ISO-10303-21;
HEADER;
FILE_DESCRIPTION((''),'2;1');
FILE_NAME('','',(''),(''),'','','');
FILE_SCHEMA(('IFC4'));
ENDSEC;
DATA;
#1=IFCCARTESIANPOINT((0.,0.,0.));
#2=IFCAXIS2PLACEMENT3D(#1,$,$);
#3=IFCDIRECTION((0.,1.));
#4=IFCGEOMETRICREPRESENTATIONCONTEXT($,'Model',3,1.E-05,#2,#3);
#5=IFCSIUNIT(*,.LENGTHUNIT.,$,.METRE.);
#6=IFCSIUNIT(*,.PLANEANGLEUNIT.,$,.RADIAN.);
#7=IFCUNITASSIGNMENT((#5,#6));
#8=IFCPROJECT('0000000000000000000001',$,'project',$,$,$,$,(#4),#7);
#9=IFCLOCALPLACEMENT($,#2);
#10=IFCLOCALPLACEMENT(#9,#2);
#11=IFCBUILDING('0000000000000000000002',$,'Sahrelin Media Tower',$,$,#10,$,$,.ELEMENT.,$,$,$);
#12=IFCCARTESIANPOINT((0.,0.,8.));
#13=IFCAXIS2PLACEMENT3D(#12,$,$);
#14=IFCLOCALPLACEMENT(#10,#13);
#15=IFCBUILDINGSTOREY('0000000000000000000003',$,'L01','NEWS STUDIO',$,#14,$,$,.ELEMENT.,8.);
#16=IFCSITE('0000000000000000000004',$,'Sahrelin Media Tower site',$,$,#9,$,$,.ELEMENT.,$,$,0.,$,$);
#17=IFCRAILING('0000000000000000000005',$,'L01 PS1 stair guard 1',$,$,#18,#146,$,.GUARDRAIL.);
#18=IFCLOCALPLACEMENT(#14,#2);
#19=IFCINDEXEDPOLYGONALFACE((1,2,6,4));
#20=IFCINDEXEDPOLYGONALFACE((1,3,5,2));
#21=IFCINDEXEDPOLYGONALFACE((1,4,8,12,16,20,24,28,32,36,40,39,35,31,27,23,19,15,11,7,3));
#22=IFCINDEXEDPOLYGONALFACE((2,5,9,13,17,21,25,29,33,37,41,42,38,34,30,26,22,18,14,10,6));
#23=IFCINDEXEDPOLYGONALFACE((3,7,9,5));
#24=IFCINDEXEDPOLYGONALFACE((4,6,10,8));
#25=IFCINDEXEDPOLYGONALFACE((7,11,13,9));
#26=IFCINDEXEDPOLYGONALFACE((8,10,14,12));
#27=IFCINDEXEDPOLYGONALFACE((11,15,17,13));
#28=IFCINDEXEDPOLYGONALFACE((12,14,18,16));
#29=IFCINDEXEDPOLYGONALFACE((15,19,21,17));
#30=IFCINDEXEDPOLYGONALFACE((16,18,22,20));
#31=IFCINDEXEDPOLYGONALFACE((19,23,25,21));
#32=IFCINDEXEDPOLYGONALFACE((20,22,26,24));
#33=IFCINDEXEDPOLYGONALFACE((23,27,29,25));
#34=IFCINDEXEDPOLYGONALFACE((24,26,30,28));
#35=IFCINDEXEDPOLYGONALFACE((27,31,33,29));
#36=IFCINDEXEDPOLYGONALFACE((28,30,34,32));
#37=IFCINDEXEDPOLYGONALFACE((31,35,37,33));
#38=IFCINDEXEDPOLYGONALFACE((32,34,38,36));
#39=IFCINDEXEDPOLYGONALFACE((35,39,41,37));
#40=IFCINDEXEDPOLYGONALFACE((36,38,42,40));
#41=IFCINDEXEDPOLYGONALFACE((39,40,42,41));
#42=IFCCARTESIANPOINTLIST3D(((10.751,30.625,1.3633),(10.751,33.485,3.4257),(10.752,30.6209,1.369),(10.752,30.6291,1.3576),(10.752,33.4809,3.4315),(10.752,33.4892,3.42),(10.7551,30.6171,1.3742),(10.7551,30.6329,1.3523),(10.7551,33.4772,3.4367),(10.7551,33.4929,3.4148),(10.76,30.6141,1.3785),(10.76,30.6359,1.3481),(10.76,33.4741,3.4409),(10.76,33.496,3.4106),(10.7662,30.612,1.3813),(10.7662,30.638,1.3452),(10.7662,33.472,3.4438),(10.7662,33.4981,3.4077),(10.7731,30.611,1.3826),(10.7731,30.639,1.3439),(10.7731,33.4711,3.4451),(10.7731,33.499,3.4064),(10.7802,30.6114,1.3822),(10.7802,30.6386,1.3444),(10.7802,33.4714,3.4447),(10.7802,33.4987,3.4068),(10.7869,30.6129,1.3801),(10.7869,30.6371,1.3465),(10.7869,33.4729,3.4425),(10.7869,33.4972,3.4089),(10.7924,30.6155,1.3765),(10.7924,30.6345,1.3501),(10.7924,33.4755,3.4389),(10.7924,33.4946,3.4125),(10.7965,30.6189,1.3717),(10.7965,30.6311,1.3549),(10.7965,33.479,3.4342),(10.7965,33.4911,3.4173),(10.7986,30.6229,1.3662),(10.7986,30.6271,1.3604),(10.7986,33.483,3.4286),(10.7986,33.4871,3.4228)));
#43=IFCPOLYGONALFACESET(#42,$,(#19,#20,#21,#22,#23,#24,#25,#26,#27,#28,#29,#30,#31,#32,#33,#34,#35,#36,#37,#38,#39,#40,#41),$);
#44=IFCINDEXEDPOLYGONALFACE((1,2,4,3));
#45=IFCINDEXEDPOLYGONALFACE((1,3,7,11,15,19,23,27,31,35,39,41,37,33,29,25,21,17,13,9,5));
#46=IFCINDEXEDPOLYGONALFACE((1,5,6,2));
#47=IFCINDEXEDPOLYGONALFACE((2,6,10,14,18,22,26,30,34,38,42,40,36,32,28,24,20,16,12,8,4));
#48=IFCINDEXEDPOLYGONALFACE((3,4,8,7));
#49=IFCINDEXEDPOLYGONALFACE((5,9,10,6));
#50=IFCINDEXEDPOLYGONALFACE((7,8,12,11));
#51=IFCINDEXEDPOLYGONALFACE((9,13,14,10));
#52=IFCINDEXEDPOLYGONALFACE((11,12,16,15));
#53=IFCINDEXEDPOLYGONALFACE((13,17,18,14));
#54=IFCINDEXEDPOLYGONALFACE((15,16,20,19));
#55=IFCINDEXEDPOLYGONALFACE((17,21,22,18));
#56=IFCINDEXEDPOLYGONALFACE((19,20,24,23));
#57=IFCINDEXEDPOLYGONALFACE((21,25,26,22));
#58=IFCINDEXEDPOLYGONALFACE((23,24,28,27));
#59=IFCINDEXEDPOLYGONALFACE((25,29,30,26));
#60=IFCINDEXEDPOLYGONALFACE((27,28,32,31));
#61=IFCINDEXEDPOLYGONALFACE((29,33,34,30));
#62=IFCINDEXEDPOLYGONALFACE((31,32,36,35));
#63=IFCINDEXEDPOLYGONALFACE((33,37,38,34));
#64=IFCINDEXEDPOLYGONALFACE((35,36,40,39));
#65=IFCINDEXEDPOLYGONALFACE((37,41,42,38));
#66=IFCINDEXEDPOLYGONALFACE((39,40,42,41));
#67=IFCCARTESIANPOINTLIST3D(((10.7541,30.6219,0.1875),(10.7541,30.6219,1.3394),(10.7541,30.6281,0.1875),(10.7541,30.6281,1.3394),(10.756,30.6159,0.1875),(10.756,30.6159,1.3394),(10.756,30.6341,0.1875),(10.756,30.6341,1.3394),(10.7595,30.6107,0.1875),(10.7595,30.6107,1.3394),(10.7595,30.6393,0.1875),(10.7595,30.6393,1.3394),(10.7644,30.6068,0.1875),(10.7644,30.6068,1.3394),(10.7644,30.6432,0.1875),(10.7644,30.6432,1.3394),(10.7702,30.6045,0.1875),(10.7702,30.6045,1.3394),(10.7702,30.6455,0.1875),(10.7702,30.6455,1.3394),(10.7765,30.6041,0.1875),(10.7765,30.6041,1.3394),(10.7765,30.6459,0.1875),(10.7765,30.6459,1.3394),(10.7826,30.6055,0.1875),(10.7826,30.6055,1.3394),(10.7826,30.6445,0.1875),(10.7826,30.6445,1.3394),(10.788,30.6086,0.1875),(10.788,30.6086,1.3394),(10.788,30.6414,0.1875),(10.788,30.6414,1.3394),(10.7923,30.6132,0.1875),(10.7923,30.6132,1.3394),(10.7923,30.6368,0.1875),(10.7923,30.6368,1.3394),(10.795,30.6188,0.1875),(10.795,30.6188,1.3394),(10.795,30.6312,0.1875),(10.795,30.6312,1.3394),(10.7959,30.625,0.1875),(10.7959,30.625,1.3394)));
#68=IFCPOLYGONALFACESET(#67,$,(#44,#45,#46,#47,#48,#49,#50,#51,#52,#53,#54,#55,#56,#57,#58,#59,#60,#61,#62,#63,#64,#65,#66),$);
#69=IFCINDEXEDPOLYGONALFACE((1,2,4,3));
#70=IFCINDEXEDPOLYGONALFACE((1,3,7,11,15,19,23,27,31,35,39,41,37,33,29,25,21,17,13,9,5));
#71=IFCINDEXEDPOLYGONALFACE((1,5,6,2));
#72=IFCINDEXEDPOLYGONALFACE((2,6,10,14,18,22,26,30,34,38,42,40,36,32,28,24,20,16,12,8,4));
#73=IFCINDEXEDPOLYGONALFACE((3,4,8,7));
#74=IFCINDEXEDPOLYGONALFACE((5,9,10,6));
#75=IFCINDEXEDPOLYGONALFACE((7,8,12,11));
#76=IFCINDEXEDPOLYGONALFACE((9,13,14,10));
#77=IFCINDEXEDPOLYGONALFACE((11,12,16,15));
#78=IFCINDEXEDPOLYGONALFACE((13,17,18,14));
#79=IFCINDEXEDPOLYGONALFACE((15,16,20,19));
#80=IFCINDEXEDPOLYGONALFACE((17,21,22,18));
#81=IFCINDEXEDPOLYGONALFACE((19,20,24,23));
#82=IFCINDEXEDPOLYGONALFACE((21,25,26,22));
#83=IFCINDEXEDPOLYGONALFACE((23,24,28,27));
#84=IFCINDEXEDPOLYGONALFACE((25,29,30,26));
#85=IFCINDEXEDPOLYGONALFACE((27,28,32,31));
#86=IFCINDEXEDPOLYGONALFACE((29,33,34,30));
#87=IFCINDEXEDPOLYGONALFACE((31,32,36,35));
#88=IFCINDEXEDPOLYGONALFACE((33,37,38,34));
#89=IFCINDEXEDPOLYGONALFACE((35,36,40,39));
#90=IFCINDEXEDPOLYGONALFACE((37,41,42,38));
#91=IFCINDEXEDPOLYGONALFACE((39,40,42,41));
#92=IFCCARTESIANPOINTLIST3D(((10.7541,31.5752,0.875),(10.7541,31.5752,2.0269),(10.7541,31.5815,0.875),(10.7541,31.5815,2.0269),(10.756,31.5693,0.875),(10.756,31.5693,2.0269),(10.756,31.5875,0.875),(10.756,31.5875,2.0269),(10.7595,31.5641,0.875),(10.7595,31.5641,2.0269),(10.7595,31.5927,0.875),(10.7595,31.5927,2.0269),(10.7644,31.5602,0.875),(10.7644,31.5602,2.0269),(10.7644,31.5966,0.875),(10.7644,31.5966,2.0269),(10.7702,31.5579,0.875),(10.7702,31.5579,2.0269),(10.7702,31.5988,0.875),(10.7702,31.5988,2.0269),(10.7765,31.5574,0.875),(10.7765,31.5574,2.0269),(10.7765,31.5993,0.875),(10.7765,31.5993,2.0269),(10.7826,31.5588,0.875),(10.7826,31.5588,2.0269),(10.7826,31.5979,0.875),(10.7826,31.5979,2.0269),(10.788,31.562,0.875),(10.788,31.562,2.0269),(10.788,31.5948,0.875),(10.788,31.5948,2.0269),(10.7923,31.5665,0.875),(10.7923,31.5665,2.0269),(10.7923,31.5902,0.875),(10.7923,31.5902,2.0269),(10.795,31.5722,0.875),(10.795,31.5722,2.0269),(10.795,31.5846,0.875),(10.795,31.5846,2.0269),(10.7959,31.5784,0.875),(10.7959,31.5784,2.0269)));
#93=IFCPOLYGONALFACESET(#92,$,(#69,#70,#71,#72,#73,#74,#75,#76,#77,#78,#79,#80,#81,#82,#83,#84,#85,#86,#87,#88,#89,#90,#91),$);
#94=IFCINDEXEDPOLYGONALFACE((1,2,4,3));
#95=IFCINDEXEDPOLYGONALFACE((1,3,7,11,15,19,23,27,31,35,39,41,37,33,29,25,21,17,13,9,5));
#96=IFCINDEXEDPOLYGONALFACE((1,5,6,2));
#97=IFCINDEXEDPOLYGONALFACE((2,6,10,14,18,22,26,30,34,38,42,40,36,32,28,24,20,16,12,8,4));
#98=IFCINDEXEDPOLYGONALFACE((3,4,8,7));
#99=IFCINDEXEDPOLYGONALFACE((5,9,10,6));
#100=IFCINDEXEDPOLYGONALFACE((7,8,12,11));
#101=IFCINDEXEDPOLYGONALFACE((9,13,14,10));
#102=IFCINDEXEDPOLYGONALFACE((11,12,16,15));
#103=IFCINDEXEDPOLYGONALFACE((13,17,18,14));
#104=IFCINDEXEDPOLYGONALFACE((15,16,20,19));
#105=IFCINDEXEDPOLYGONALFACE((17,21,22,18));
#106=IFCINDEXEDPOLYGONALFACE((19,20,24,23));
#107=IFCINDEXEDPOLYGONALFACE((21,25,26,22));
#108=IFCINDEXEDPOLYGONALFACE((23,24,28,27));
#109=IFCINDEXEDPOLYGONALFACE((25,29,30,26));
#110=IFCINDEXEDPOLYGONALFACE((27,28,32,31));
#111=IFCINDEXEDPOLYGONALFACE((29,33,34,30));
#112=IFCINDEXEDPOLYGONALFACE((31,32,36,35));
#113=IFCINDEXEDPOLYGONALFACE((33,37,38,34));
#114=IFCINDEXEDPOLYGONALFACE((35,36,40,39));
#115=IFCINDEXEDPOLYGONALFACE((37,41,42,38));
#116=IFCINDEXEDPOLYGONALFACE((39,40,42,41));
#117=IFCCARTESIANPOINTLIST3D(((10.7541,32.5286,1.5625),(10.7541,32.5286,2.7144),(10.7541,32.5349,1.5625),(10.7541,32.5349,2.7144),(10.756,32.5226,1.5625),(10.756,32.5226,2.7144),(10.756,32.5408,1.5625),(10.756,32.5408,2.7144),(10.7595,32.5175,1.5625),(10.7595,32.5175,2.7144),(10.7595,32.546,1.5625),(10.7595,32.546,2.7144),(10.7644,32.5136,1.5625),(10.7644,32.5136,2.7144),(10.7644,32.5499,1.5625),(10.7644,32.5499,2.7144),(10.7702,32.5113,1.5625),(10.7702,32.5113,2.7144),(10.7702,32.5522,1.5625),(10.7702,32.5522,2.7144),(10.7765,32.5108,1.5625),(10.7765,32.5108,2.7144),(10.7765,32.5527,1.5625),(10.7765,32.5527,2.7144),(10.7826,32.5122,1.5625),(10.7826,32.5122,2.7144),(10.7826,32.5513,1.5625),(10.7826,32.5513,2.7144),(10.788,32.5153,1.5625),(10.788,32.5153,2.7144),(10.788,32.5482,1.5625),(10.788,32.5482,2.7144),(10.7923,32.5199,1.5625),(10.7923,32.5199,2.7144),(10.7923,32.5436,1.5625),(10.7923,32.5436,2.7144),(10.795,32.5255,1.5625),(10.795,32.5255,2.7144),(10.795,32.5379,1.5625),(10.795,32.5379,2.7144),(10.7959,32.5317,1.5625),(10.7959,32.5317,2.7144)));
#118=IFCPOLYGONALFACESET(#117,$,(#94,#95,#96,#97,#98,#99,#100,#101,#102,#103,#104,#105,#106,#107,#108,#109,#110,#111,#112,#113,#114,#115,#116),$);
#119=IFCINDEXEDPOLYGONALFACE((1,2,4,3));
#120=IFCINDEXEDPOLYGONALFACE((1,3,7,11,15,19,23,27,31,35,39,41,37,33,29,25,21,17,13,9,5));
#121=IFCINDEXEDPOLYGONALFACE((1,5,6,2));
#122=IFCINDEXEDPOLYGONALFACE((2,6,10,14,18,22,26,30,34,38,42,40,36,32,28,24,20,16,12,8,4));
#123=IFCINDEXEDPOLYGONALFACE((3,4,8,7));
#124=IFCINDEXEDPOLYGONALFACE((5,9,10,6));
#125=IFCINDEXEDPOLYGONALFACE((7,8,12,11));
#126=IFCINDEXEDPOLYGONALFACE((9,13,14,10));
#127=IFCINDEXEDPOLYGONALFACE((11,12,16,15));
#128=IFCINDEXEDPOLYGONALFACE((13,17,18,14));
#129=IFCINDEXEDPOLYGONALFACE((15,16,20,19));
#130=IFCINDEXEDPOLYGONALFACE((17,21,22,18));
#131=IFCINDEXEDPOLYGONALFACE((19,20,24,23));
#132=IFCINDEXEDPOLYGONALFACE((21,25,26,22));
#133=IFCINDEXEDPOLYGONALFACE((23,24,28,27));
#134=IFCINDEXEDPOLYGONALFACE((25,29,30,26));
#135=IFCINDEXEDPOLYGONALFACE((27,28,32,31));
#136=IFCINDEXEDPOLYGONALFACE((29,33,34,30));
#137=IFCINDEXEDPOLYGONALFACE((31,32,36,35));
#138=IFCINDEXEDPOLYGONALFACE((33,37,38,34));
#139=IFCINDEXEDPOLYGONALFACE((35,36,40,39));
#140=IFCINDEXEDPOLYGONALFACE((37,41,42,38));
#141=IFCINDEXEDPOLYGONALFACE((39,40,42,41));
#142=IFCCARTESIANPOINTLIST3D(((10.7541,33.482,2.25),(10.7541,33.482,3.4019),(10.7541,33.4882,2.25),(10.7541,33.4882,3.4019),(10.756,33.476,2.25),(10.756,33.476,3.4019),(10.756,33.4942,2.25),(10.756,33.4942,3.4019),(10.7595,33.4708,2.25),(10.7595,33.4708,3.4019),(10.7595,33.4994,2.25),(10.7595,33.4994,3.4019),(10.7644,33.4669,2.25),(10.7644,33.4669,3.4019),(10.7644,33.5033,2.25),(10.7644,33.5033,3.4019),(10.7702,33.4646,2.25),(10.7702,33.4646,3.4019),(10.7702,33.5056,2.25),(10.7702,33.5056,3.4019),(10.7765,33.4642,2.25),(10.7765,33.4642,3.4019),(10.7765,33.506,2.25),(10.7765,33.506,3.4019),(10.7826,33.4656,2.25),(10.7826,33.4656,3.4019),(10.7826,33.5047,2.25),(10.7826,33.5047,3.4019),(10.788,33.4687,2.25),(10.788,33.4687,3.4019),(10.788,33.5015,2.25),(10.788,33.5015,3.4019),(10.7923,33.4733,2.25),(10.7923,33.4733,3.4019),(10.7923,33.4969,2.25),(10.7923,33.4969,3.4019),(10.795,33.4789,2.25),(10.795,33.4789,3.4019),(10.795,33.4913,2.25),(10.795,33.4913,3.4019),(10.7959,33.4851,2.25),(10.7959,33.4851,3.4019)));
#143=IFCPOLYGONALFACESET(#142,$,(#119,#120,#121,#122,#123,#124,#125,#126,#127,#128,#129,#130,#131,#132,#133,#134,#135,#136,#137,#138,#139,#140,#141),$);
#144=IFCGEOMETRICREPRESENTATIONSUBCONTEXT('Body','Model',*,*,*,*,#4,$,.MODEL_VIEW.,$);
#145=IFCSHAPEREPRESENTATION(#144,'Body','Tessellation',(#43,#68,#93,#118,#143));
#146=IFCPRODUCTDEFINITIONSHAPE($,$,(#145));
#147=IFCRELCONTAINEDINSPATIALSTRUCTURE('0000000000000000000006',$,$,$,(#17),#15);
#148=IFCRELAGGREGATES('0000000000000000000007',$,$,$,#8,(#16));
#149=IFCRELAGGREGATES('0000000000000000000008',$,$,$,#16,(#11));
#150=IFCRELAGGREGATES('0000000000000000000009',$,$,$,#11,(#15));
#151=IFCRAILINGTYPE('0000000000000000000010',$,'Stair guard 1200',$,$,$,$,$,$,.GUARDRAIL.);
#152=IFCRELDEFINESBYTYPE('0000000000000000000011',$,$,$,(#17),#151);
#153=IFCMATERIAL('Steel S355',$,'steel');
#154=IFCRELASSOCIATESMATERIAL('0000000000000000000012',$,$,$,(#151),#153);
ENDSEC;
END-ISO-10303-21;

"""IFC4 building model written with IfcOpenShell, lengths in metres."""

from ifc_helpers import new_model, si_unit, direction, frame, origin, origin_2d, place, context, subcontext, project, spatial, circle, extrude, material, type_object, element, save


model = new_model("IFC4")

# Units and contexts
model_context = context("Model", 3, precision=1e-05, world=origin(), true_north=direction((0.0, 1.0)))
body_context = subcontext(model_context, "Body", "Model", "MODEL_VIEW")
ifc_project = project(units=[si_unit("LENGTHUNIT", "METRE"), si_unit("PLANEANGLEUNIT", "RADIAN")], contexts=[model_context])

# Site, building, storey
site_placement = place(None, origin())
site = spatial("IfcSite", under=ifc_project, at=site_placement, Name="Sahrelin Media Tower site", CompositionType="ELEMENT", RefElevation=0.0)
building_placement = place(site_placement, origin())
building = spatial("IfcBuilding", under=site, at=building_placement, Name="Sahrelin Media Tower", CompositionType="ELEMENT")
storey_placement = place(building_placement, frame((0.0, 0.0, 8.0)))
storey = spatial("IfcBuildingStorey", under=building, at=storey_placement, Name="L01", Description="NEWS STUDIO", CompositionType="ELEMENT", Elevation=8.0)

# Shared definitions
ifc_material_1 = material(Name="Steel S355", Category="steel")

# Railing
railing_type_1 = type_object("IfcRailingType", Name="Stair guard 1200", PredefinedType="GUARDRAIL", material=ifc_material_1)
railing_1_placement = place(storey_placement, frame((10.7749, 30.625, 0.1875)))
element("IfcRailing", 1, at=railing_1_placement, inside=storey, type_object=railing_type_1, Name="L01 PS1 stair guard 1", PredefinedType="GUARDRAIL", context=body_context, shape_type="SweptSolid", body=[
    extrude(circle(Radius=0.0239, at=origin_2d()), frame((0.0, 0.0, 1.1758), z_axis=(0.0, 0.811101, 0.584906), x_axis=(-1.0, 0.0, 0.0)), (0.0, 0.0, 1.0), 3.5261),
    extrude(circle(Radius=0.021, at=origin_2d()), origin(), (0.0, 0.0, 1.0), 1.1519),
    extrude(circle(Radius=0.021, at=origin_2d()), frame((0.0, 0.9534, 0.6875)), (0.0, 0.0, 1.0), 1.1519),
    extrude(circle(Radius=0.021, at=origin_2d()), frame((0.0, 1.9067, 1.375)), (0.0, 0.0, 1.0), 1.1519),
    extrude(circle(Radius=0.021, at=origin_2d()), frame((0.0, 2.8601, 2.0625)), (0.0, 0.0, 1.0), 1.1519),
])

save(model, "model.ifc")
